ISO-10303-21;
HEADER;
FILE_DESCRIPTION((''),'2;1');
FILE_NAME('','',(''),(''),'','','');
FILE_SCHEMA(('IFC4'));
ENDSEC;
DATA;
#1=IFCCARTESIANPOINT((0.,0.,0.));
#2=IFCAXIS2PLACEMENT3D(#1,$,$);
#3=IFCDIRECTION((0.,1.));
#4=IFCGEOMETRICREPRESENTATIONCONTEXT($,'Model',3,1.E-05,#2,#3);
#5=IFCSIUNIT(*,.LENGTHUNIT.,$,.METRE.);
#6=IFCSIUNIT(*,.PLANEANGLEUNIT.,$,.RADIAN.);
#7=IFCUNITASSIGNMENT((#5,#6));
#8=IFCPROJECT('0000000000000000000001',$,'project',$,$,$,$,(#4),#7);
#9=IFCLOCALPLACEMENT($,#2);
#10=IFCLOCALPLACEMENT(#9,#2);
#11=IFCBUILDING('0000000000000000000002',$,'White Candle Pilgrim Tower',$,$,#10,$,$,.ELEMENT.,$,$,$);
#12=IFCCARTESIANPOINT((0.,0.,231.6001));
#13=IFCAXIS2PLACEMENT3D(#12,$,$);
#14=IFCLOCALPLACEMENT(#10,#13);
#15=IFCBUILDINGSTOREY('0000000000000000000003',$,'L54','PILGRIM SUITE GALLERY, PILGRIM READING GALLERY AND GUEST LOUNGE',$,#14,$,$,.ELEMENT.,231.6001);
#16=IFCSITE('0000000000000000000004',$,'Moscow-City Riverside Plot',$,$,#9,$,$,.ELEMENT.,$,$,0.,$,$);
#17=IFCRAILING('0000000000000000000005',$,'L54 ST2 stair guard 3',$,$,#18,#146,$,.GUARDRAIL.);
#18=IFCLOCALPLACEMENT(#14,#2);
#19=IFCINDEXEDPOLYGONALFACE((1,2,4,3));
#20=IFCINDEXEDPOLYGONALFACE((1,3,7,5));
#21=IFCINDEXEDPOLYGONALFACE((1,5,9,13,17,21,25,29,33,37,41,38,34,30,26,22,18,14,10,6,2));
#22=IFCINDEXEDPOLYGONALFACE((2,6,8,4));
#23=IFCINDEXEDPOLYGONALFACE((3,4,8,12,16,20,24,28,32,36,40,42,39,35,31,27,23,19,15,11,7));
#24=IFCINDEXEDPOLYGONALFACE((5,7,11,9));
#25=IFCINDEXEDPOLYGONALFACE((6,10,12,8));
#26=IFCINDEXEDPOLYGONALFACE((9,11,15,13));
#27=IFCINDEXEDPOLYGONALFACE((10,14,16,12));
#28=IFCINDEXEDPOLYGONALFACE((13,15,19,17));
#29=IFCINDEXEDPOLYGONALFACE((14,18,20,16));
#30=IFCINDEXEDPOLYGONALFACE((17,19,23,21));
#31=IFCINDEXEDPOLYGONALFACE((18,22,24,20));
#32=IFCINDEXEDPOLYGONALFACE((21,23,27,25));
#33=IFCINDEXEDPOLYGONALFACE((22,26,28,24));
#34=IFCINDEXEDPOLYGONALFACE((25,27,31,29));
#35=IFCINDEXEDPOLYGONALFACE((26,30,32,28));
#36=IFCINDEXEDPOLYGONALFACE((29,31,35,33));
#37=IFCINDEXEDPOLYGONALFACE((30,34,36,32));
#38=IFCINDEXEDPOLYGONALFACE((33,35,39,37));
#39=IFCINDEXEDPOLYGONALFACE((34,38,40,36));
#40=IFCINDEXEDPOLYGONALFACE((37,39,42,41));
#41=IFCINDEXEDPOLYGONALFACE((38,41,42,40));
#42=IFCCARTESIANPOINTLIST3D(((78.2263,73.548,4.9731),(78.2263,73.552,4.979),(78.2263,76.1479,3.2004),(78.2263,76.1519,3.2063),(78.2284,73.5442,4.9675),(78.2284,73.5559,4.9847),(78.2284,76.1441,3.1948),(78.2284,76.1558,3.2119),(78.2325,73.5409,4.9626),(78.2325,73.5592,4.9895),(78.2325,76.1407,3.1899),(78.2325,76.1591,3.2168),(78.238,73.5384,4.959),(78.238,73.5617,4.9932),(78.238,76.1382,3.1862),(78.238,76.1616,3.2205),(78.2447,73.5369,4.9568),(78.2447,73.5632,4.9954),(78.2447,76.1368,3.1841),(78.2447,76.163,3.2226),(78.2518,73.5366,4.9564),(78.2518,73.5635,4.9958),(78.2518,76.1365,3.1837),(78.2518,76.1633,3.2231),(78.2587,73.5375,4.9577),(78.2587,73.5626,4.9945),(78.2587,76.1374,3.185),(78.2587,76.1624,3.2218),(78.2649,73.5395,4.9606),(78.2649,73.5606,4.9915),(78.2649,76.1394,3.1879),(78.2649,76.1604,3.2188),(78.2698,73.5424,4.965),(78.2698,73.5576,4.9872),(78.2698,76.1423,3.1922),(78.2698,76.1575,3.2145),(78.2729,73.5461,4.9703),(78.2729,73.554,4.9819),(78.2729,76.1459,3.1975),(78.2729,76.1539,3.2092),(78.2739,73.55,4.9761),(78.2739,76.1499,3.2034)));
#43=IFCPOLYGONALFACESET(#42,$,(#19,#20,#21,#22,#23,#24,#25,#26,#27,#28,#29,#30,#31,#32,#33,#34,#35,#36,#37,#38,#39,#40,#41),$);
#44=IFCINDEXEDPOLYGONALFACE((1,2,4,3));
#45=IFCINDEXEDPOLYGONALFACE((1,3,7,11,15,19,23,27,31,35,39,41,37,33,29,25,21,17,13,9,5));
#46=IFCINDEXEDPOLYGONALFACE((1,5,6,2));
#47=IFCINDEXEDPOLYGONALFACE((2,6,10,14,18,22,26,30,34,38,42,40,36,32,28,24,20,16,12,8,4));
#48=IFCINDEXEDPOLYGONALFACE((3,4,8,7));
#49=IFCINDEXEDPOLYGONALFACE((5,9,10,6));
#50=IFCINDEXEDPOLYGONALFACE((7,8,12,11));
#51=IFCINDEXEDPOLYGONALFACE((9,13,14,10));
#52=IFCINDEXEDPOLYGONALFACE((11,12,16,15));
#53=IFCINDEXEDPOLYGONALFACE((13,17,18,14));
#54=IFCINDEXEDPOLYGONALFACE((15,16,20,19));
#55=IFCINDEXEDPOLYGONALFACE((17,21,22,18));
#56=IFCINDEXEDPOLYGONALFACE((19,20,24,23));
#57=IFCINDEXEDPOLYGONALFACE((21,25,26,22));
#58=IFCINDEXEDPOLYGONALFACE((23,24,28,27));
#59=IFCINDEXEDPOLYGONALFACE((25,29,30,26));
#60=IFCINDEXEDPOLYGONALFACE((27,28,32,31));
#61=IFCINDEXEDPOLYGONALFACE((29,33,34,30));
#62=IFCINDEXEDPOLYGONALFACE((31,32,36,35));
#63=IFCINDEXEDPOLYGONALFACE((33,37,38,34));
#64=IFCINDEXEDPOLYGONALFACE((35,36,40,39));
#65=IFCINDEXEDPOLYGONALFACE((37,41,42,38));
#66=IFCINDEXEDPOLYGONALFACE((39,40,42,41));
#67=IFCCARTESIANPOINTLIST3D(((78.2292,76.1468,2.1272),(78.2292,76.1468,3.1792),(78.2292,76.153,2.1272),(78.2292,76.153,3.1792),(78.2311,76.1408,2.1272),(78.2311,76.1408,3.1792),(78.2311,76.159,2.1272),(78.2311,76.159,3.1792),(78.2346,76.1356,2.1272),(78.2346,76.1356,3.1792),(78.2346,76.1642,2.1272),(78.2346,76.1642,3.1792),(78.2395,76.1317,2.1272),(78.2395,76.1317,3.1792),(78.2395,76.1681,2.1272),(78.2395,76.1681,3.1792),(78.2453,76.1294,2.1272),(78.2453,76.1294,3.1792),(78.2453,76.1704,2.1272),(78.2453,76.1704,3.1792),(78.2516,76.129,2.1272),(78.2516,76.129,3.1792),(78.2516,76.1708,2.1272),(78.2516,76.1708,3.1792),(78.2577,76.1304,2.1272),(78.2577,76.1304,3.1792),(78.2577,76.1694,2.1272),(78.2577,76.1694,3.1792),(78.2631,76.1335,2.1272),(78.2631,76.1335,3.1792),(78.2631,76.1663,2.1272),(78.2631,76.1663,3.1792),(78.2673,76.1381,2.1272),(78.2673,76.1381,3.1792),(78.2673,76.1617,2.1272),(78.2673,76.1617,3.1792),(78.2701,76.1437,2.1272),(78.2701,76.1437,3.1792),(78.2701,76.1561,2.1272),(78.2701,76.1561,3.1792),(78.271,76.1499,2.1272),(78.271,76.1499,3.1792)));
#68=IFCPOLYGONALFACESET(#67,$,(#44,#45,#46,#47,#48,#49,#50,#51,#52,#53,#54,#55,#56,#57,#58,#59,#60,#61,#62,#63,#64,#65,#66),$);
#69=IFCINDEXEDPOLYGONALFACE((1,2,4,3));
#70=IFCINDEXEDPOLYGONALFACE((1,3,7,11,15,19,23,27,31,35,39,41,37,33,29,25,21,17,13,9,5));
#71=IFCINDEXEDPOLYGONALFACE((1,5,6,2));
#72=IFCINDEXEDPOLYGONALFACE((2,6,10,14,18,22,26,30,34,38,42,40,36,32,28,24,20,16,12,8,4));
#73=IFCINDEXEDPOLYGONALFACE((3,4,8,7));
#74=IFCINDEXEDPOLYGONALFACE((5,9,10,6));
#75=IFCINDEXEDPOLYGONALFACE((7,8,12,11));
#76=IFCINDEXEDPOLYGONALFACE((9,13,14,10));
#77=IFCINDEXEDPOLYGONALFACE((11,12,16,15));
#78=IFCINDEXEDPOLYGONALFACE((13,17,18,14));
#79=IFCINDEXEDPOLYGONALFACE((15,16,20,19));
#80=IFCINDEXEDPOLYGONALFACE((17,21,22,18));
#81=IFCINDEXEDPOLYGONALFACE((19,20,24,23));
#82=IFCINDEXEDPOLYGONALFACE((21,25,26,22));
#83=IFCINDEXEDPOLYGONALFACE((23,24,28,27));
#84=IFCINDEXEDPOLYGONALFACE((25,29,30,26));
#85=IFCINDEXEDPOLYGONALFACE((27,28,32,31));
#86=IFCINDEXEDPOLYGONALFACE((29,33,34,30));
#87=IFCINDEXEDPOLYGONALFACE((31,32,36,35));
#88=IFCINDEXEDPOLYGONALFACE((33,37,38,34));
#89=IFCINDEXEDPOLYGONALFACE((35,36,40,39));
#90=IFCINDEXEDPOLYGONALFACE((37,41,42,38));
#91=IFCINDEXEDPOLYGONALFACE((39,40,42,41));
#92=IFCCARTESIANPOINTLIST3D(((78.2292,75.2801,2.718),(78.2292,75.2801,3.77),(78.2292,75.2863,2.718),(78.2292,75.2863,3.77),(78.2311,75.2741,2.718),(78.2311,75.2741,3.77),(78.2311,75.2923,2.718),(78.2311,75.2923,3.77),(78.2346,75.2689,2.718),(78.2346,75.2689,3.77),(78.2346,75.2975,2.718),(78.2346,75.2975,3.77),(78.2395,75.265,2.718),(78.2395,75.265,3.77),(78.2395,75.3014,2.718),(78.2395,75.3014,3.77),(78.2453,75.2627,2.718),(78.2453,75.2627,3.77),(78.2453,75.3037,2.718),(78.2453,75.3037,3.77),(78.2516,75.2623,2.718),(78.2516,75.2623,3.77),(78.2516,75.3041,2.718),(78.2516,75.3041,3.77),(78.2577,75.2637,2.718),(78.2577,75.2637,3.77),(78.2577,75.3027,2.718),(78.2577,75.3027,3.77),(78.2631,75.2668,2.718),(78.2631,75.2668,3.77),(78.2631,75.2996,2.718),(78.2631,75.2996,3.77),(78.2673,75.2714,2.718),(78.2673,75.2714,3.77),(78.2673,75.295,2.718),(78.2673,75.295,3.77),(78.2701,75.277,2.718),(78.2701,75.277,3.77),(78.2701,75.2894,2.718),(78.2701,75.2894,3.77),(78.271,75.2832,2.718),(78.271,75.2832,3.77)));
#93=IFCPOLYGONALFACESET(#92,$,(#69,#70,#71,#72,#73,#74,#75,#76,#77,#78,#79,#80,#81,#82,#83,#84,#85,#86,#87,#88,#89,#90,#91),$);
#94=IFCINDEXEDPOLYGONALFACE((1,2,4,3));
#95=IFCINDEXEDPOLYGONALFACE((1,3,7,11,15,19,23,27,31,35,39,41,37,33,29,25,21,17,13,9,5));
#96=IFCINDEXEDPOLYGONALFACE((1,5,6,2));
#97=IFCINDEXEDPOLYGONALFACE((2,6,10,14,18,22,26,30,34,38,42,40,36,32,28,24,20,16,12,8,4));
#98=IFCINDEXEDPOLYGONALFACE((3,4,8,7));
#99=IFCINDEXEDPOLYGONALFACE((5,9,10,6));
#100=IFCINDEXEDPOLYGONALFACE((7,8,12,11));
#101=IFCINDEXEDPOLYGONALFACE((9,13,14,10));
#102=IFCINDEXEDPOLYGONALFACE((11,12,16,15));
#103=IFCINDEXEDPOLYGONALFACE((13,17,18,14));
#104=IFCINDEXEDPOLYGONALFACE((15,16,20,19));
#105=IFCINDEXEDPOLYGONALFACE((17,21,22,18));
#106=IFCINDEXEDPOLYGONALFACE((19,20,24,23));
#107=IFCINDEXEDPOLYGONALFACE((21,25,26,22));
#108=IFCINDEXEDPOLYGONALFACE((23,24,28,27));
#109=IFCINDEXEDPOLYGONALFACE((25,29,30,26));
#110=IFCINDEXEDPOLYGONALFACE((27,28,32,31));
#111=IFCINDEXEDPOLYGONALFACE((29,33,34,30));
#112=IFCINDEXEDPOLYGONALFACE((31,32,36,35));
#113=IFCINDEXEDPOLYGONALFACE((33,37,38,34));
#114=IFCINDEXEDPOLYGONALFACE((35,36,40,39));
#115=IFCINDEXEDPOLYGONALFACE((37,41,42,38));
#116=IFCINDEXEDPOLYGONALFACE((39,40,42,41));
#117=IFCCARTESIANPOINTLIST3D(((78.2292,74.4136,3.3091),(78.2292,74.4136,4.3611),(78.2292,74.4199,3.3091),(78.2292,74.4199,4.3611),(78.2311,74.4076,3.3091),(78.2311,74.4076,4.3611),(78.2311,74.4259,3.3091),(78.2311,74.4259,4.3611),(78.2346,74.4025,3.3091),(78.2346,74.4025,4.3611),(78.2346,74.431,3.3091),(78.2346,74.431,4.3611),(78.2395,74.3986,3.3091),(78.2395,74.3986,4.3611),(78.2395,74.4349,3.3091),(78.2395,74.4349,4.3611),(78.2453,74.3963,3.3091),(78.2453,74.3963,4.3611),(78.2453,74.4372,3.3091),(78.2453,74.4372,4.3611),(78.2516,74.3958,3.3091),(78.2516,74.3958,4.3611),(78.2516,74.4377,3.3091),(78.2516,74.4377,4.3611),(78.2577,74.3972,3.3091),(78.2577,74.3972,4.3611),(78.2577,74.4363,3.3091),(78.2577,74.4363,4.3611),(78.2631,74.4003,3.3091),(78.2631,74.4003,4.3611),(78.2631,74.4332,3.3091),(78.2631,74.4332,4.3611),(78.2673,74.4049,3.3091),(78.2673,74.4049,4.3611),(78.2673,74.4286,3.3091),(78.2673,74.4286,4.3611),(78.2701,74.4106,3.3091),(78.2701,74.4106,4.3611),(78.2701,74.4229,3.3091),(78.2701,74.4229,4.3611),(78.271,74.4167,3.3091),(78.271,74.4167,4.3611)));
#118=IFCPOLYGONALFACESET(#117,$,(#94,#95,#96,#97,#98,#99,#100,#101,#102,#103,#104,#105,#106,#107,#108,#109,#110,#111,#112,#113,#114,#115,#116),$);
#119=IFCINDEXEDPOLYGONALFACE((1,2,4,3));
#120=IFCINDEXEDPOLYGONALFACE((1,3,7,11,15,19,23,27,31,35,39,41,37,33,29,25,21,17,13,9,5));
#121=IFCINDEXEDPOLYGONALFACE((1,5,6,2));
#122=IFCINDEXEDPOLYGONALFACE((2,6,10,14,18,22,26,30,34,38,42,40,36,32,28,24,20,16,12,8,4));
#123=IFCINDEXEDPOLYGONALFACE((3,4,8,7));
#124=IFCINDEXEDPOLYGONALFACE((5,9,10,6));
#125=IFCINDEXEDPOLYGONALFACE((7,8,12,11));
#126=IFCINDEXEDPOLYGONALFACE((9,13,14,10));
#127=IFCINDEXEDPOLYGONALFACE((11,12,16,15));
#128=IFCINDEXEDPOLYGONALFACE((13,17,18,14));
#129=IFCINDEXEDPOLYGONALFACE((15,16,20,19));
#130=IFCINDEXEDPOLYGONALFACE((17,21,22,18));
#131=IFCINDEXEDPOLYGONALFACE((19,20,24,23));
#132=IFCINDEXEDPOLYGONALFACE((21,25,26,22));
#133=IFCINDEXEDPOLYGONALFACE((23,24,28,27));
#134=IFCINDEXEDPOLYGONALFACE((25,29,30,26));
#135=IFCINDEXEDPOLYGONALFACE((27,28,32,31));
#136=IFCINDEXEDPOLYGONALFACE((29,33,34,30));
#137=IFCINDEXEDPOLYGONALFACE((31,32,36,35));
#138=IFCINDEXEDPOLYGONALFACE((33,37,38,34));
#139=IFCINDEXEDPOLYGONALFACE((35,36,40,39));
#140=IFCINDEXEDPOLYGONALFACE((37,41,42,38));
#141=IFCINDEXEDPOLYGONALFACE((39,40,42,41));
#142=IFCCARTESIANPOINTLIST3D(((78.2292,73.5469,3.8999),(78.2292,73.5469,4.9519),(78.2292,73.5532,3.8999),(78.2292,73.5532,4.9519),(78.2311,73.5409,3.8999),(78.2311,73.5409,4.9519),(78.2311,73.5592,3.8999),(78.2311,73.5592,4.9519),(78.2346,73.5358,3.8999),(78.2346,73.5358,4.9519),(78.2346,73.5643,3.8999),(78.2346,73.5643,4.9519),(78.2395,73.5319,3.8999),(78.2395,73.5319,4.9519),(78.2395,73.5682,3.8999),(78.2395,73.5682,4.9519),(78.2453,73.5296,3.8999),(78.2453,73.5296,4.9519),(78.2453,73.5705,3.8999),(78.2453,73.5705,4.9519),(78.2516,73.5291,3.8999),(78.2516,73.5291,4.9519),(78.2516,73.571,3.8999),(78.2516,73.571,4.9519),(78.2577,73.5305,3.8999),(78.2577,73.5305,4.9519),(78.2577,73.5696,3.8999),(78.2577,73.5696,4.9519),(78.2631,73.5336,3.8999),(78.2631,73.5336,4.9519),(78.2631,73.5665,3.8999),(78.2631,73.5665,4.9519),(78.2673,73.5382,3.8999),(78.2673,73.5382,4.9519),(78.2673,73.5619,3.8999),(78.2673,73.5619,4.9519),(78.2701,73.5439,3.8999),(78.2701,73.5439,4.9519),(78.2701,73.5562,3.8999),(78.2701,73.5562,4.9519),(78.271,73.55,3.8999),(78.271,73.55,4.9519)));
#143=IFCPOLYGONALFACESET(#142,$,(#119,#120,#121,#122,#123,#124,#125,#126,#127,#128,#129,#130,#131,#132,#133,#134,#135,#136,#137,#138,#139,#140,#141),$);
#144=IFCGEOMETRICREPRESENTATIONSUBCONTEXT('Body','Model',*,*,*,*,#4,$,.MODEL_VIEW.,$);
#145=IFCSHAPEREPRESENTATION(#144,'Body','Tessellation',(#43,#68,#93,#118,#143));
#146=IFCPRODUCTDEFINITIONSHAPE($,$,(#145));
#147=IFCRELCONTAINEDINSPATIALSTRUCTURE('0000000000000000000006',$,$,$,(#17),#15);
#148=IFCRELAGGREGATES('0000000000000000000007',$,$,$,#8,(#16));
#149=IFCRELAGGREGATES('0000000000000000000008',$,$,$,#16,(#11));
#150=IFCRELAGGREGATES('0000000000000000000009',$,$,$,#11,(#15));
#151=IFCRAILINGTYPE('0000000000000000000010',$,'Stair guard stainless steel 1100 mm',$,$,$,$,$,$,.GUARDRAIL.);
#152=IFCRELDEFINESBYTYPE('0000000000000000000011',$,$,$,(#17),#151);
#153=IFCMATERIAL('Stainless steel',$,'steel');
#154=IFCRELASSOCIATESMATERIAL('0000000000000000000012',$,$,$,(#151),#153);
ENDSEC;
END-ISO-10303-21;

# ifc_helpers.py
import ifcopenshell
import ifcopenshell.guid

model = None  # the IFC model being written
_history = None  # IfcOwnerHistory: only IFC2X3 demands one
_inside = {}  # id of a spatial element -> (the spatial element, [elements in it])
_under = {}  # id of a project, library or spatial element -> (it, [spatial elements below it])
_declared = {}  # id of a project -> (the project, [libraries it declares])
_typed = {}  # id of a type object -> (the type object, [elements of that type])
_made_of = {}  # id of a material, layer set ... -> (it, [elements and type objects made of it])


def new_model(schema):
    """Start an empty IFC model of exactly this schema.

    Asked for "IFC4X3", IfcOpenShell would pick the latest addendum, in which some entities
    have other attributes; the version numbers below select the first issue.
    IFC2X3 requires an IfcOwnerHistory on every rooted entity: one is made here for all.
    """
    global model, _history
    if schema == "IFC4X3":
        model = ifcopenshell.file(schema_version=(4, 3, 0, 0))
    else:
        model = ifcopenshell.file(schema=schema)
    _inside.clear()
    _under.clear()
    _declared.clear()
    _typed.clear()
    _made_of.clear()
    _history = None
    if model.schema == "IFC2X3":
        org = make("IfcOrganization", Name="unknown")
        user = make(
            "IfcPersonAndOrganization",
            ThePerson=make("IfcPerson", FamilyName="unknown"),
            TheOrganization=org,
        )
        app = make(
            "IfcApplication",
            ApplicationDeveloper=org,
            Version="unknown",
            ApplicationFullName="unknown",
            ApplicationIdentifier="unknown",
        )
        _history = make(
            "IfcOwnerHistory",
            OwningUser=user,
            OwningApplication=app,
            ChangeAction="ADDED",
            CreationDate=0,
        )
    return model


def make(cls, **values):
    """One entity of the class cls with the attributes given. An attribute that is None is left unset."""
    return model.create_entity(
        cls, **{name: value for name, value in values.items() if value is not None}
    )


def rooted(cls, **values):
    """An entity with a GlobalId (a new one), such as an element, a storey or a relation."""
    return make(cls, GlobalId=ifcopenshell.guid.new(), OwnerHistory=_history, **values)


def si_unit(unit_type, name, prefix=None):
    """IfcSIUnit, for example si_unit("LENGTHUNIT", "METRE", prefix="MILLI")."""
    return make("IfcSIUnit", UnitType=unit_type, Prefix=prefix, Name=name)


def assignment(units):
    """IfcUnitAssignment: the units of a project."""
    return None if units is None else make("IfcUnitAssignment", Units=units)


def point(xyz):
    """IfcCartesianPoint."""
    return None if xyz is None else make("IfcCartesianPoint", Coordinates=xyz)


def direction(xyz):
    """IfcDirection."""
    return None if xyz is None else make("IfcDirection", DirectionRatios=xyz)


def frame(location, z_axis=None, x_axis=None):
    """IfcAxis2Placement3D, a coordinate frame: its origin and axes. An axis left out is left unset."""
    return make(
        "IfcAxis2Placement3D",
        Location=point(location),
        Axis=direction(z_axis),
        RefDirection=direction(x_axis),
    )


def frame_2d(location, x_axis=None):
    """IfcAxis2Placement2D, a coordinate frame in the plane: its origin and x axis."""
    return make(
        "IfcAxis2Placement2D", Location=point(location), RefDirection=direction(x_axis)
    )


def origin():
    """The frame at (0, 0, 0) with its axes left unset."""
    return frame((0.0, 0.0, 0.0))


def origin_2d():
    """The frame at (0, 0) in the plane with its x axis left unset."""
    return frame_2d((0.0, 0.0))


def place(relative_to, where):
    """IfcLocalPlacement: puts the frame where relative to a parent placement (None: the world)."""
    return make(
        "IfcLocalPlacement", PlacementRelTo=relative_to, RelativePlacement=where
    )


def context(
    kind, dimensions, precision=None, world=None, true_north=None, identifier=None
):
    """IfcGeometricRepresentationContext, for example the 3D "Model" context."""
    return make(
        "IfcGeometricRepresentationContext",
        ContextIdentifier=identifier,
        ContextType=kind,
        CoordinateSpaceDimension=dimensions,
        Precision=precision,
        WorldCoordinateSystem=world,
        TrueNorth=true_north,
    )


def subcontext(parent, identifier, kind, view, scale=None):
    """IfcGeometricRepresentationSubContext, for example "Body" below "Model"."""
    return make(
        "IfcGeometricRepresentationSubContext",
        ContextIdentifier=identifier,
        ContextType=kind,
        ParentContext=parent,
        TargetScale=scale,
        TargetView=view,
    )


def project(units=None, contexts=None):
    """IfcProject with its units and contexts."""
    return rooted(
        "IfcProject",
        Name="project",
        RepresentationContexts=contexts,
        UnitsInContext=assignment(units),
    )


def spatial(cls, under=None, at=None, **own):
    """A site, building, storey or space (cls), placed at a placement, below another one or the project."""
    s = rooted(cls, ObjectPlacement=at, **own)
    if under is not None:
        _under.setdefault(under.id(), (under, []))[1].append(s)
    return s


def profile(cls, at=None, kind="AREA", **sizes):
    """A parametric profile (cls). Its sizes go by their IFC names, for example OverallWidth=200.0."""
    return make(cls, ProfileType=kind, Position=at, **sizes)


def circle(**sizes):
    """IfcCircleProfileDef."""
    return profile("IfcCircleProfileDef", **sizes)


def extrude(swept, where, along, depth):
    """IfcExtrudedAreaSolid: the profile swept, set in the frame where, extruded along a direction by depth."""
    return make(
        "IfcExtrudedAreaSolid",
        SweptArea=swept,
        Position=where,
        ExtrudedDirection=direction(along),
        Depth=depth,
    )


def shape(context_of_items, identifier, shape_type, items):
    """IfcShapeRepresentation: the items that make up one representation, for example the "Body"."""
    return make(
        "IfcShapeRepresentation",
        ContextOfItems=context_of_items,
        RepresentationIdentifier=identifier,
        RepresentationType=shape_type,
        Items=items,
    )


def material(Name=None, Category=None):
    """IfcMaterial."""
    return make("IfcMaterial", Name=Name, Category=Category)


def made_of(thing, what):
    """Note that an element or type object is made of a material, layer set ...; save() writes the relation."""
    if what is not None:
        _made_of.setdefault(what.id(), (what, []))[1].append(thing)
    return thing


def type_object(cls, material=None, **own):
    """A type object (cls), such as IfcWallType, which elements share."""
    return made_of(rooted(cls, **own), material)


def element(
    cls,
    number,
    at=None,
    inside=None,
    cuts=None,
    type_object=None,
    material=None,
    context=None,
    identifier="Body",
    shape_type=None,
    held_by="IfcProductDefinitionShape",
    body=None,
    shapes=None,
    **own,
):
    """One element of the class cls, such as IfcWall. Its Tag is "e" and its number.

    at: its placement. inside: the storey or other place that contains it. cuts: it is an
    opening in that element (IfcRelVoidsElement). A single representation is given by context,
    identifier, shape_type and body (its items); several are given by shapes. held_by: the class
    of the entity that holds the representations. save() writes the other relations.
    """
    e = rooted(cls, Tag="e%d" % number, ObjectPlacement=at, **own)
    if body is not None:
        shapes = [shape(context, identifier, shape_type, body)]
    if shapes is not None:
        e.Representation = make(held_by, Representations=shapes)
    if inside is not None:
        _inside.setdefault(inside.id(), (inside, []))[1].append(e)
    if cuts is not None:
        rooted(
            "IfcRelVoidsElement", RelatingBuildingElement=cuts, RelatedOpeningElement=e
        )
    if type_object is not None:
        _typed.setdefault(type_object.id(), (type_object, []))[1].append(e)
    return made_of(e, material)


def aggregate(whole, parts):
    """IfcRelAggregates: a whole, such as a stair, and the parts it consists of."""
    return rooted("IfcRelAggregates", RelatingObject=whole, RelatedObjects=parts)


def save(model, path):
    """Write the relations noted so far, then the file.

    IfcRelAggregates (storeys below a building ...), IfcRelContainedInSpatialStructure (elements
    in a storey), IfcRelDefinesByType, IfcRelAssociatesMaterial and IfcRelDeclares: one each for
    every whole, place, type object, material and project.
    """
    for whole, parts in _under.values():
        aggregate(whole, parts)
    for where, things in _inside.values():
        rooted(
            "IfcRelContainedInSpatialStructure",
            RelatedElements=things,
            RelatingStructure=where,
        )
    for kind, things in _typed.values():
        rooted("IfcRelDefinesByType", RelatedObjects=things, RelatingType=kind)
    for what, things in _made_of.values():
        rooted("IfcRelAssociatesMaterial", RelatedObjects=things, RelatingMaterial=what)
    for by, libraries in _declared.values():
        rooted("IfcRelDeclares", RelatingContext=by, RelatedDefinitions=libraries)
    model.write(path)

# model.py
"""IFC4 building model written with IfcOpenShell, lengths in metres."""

from ifc_helpers import new_model, si_unit, direction, frame, origin, origin_2d, place, context, subcontext, project, spatial, circle, extrude, material, type_object, element, save


model = new_model("IFC4")

# Units and contexts
model_context = context("Model", 3, precision=1e-05, world=origin(), true_north=direction((0.0, 1.0)))
body_context = subcontext(model_context, "Body", "Model", "MODEL_VIEW")
ifc_project = project(units=[si_unit("LENGTHUNIT", "METRE"), si_unit("PLANEANGLEUNIT", "RADIAN")], contexts=[model_context])

# Site, building, storey
site_placement = place(None, origin())
site = spatial("IfcSite", under=ifc_project, at=site_placement, Name="Moscow-City Riverside Plot", CompositionType="ELEMENT", RefElevation=0.0)
building_placement = place(site_placement, origin())
building = spatial("IfcBuilding", under=site, at=building_placement, Name="White Candle Pilgrim Tower", CompositionType="ELEMENT")
storey_placement = place(building_placement, frame((0.0, 0.0, 231.6001)))
storey = spatial("IfcBuildingStorey", under=building, at=storey_placement, Name="L54", Description="PILGRIM SUITE GALLERY, PILGRIM READING GALLERY AND GUEST LOUNGE", CompositionType="ELEMENT", Elevation=231.6001)

# Railing
ifc_material_1 = material(Name="Stainless steel", Category="steel")
railing_type_1 = type_object("IfcRailingType", Name="Stair guard stainless steel 1100 mm", PredefinedType="GUARDRAIL", material=ifc_material_1)
railing_1_placement = place(storey_placement, frame((78.25, 76.1499, 2.1272)))
element("IfcRailing", 1, at=railing_1_placement, inside=storey, type_object=railing_type_1, Name="L54 ST2 stair guard 3", PredefinedType="GUARDRAIL", context=body_context, shape_type="SweptSolid", body=[
    extrude(circle(Radius=0.0239, at=origin_2d()), frame((0.0, 0.0, 1.0762), z_axis=(0.0, -0.826216, 0.563354), x_axis=(1.0, 0.0, 0.0)), (0.0, 0.0, 1.0), 3.1467),
    extrude(circle(Radius=0.021, at=origin_2d()), origin(), (0.0, 0.0, 1.0), 1.052),
    extrude(circle(Radius=0.021, at=origin_2d()), frame((0.0, -0.8667, 0.5908)), (0.0, 0.0, 1.0), 1.052),
    extrude(circle(Radius=0.021, at=origin_2d()), frame((0.0, -1.7332, 1.1819)), (0.0, 0.0, 1.0), 1.052),
    extrude(circle(Radius=0.021, at=origin_2d()), frame((0.0, -2.5999, 1.7727)), (0.0, 0.0, 1.0), 1.052),
])

save(model, "model.ifc")
